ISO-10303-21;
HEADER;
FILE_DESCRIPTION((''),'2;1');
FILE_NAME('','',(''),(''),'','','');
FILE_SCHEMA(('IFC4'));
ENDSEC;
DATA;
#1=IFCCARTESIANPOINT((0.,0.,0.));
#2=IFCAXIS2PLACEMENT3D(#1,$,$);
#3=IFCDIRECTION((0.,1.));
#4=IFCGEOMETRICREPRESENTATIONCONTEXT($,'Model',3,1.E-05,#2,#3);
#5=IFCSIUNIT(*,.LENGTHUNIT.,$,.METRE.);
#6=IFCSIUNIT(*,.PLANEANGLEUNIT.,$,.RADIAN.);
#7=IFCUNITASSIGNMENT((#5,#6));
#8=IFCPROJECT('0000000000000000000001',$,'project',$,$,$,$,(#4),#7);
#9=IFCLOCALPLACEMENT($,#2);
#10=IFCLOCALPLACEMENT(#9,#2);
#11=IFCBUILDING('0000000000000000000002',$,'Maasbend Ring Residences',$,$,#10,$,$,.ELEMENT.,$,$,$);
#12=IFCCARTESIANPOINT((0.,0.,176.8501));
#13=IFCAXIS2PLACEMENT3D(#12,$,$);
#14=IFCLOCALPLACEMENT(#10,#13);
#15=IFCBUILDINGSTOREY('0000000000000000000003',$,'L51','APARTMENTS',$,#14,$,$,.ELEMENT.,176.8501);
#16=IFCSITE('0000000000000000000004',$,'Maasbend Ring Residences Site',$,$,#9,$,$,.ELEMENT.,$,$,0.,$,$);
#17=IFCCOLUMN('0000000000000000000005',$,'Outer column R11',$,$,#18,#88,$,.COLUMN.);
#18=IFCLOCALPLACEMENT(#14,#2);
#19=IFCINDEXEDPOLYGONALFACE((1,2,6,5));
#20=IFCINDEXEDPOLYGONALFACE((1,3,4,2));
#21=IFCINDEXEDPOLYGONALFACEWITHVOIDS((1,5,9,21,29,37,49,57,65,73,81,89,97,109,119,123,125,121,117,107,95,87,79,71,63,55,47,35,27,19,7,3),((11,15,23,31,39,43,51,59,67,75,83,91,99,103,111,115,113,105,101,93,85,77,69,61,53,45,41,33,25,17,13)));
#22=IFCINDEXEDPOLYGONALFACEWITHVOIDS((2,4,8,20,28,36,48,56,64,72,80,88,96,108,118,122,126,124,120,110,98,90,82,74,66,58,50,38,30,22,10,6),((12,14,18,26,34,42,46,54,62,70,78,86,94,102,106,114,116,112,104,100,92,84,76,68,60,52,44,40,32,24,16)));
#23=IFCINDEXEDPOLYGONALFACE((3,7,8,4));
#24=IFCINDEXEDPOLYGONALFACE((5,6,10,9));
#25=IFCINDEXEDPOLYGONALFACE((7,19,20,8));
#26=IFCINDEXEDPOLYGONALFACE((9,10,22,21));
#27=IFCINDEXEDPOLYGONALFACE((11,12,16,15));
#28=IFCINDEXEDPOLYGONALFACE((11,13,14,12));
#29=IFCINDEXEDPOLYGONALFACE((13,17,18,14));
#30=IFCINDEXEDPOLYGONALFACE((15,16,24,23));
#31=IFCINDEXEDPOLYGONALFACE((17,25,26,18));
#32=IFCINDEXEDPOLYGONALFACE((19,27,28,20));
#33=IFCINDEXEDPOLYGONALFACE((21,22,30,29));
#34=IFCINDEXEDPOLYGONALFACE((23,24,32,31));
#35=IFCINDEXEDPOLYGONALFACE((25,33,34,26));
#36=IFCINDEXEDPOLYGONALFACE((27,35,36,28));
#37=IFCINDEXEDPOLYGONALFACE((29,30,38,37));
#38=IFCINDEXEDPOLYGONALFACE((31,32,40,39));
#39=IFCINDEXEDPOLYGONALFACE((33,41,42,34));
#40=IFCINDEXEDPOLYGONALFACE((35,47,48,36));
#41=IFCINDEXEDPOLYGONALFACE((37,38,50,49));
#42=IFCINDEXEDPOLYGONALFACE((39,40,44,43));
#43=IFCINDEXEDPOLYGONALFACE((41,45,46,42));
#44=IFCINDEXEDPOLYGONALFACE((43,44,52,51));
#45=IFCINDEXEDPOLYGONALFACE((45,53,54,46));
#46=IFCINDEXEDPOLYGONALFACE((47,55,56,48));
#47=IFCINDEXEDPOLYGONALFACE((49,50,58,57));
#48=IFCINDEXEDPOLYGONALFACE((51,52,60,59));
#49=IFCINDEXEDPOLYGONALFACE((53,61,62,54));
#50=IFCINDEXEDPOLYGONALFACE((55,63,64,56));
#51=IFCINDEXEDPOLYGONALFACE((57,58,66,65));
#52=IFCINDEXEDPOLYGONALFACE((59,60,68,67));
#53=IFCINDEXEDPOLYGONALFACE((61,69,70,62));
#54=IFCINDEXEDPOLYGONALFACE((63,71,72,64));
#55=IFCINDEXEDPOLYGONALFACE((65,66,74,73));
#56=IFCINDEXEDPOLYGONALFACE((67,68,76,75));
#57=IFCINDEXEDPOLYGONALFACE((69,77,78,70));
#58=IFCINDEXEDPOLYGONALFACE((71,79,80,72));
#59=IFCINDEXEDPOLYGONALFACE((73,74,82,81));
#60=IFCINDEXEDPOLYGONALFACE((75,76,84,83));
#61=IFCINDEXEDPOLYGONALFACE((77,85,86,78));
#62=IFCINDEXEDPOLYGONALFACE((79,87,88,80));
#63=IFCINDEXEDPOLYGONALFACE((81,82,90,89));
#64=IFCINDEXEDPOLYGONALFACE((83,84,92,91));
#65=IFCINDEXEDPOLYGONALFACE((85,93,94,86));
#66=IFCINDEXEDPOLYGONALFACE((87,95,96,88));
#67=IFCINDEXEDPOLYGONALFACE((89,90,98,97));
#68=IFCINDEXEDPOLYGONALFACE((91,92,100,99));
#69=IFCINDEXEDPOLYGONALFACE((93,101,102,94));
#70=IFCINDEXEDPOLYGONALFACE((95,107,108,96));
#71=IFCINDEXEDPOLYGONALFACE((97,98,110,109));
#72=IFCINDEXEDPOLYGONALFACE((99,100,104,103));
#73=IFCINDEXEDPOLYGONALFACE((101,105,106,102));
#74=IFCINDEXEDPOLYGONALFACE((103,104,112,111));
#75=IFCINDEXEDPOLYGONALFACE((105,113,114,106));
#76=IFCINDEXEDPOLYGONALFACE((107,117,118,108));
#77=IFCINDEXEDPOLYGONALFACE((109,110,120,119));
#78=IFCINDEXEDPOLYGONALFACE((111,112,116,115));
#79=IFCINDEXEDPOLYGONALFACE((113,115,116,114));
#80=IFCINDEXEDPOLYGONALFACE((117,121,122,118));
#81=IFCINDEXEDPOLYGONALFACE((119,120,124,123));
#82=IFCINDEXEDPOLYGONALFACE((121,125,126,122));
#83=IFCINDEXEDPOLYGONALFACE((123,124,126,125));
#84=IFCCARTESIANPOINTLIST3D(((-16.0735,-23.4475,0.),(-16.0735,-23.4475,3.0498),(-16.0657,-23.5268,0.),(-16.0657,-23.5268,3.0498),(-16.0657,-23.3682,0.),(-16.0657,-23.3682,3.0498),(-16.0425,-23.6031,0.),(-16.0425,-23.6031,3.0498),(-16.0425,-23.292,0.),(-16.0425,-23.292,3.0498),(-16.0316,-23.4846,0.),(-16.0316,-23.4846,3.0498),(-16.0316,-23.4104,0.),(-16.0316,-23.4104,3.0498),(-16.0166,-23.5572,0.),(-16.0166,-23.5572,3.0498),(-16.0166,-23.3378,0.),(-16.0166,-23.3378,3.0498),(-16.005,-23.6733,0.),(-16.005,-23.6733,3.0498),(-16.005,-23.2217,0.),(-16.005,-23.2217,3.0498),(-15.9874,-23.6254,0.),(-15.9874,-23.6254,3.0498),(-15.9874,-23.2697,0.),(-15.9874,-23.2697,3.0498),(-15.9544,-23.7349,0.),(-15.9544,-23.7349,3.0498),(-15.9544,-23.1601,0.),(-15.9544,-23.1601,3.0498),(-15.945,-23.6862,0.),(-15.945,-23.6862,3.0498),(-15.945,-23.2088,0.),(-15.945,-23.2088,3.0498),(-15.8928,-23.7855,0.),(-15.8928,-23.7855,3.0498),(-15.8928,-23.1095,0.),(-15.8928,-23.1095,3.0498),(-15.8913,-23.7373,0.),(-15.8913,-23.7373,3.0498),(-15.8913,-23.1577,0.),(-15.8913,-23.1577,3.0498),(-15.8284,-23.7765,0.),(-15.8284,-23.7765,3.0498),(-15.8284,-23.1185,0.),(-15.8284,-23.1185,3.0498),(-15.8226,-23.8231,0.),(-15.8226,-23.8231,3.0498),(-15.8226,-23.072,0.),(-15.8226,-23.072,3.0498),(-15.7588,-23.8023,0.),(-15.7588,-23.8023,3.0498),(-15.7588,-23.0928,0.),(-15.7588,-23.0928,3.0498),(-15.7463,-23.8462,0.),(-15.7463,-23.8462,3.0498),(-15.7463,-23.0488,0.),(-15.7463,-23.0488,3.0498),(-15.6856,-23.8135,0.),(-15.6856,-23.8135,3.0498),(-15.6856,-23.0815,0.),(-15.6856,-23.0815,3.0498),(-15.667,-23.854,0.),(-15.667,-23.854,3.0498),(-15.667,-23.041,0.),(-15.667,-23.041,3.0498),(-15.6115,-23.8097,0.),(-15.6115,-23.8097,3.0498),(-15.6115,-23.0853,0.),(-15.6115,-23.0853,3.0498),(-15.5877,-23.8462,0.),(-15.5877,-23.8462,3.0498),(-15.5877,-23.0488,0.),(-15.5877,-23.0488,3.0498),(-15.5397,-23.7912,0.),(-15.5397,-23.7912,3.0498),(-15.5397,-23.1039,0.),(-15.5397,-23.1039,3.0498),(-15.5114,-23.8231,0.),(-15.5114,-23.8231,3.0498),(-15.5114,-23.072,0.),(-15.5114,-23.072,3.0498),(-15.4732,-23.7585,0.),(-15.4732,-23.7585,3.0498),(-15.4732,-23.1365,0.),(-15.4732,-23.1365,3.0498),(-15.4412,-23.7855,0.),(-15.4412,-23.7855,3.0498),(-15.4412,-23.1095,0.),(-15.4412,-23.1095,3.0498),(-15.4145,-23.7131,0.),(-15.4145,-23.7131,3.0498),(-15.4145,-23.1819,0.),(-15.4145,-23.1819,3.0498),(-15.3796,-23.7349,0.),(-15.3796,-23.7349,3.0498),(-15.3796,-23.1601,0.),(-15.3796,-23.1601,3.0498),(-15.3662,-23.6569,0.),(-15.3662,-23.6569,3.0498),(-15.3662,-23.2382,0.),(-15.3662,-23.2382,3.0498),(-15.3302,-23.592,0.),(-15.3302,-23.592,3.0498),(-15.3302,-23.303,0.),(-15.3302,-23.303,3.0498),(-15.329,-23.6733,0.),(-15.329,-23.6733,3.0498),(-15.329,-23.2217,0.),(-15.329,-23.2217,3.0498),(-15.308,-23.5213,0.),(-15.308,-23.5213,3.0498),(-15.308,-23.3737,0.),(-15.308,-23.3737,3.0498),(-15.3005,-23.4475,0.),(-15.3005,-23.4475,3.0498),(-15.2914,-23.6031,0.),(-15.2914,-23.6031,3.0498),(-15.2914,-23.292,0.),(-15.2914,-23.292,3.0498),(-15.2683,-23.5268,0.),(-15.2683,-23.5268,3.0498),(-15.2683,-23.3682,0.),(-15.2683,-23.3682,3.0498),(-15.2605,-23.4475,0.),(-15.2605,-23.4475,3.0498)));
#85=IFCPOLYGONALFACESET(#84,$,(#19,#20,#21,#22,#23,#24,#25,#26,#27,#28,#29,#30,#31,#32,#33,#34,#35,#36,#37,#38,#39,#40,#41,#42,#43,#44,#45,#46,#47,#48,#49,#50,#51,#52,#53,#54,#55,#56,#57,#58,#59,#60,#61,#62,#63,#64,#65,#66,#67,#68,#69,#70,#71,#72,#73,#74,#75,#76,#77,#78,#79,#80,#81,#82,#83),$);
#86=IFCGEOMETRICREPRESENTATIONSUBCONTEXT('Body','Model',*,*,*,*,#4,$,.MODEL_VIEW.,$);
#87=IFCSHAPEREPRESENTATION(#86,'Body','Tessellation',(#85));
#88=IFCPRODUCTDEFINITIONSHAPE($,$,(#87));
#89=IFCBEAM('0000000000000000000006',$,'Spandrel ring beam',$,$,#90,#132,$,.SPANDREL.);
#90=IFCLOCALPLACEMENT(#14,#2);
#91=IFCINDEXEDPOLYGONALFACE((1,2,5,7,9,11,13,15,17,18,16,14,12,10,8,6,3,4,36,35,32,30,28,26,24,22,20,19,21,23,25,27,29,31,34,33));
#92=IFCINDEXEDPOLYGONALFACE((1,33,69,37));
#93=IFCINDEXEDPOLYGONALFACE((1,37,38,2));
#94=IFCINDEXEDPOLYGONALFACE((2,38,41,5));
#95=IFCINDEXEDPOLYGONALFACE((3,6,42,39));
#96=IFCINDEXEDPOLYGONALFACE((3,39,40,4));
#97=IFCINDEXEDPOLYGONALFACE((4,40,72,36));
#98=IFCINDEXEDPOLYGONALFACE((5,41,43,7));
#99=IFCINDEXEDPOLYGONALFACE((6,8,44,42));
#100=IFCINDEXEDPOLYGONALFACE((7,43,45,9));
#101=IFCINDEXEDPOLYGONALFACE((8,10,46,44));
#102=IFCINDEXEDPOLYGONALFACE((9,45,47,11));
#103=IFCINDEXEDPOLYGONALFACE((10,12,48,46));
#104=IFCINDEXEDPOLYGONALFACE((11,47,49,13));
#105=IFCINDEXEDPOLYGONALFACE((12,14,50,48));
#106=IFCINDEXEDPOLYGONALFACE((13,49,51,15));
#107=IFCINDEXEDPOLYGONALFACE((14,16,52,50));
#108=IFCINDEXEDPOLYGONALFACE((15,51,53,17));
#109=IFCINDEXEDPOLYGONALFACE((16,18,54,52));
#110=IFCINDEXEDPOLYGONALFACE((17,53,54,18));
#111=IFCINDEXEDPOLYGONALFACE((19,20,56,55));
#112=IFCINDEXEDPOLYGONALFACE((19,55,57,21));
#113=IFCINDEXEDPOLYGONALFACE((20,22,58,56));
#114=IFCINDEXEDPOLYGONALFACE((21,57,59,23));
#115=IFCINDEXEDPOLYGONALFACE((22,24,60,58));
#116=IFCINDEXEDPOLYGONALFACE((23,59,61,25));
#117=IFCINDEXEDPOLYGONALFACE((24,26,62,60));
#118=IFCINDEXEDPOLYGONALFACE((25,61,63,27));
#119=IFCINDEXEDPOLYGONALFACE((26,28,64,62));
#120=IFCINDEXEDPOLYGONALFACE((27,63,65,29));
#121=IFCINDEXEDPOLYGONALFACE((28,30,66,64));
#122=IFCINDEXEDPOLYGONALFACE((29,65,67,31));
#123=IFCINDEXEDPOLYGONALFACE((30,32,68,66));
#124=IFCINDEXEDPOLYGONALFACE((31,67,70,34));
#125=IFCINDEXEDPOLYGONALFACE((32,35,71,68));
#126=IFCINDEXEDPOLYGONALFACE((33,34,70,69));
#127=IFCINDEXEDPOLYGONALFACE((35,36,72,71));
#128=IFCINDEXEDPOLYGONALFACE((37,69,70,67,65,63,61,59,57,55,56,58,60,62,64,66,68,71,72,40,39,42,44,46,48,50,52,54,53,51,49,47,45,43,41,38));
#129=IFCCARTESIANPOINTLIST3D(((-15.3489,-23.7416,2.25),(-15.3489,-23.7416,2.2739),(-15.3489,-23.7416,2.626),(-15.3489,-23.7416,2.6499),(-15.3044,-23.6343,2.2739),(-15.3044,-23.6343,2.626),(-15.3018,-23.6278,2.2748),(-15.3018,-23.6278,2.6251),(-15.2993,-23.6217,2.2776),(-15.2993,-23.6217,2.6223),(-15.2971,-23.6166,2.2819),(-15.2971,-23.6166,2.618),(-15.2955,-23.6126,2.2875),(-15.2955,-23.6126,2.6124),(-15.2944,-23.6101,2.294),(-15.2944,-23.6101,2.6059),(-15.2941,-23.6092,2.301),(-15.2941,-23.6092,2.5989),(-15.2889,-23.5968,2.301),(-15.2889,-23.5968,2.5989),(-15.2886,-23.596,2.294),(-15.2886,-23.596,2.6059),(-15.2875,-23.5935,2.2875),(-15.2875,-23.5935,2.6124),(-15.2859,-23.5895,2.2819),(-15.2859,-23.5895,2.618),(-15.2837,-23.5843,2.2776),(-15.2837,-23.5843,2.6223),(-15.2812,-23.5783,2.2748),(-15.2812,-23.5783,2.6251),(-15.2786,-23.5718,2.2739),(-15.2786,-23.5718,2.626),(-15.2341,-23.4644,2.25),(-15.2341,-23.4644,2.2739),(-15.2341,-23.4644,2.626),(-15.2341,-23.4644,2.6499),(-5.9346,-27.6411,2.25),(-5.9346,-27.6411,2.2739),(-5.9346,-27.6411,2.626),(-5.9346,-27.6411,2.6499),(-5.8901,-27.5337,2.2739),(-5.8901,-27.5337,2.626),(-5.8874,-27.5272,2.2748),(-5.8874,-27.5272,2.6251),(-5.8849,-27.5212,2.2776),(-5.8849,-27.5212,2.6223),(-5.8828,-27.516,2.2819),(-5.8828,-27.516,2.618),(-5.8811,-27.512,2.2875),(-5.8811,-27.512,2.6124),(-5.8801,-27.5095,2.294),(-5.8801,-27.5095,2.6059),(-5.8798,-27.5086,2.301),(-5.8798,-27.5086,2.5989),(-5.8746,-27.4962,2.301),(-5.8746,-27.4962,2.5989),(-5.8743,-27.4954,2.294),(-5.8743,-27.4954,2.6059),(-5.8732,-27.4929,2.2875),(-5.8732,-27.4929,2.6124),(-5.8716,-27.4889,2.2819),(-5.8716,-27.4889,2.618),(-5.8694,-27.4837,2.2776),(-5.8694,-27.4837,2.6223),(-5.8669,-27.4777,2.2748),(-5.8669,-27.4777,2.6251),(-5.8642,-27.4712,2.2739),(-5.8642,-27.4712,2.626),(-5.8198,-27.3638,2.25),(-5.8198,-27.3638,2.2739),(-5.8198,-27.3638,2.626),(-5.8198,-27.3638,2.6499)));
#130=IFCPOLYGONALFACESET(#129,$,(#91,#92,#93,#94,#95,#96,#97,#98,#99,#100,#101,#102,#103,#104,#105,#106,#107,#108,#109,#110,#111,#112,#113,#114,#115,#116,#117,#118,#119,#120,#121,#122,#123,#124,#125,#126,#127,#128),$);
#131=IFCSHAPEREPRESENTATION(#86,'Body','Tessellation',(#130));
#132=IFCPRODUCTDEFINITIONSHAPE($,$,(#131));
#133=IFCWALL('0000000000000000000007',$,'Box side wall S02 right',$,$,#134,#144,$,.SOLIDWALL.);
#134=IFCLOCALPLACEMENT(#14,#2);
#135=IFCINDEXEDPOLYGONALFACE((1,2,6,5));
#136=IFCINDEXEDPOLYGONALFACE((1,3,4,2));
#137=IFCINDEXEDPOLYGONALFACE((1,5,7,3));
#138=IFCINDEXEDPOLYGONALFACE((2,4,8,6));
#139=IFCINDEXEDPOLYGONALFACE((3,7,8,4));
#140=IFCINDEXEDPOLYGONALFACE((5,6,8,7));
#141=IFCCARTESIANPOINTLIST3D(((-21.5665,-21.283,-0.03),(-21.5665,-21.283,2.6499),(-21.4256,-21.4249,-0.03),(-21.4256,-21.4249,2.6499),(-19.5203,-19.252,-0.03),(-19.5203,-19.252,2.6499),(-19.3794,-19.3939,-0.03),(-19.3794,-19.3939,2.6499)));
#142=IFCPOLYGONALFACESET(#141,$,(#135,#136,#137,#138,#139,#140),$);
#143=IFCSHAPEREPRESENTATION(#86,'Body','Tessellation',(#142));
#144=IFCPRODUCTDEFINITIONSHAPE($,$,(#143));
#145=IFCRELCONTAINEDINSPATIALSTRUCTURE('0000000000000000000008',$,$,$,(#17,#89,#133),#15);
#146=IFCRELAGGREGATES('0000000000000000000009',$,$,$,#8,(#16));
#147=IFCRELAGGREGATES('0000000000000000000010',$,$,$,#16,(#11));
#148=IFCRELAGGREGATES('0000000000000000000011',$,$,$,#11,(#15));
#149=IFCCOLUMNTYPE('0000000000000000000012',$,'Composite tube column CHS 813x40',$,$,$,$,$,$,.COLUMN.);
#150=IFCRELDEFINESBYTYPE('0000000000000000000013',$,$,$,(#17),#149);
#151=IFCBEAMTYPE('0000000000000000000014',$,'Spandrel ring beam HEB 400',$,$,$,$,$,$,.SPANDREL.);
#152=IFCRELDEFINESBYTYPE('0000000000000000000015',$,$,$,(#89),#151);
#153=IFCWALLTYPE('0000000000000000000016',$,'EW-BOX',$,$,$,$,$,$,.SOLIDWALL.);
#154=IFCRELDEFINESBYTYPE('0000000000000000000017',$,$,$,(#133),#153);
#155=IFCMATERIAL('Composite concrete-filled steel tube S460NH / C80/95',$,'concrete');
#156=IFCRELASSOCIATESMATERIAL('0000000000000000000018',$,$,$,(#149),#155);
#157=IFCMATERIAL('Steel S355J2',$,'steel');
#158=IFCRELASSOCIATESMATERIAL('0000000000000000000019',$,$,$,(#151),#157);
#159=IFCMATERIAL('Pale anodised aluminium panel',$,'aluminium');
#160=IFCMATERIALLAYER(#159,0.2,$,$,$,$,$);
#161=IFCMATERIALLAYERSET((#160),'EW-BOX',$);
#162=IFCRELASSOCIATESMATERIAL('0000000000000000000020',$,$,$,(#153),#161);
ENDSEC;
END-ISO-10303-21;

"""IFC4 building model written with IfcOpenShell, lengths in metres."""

from ifc_helpers import new_model, si_unit, direction, frame, frame_2d, origin, origin_2d, place, context, subcontext, project, spatial, rectangle, hollow_circle, i_section, extrude, material, layer, layer_set, material_profile, profile_set, type_object, element, save


model = new_model("IFC4")

# Units and contexts
model_context = context("Model", 3, precision=1e-05, world=origin(), true_north=direction((0.0, 1.0)))
body_context = subcontext(model_context, "Body", "Model", "MODEL_VIEW")
ifc_project = project(units=[si_unit("LENGTHUNIT", "METRE"), si_unit("PLANEANGLEUNIT", "RADIAN")], contexts=[model_context])

# Site, building, storey
site_placement = place(None, origin())
site = spatial("IfcSite", under=ifc_project, at=site_placement, Name="Maasbend Ring Residences Site", CompositionType="ELEMENT", RefElevation=0.0)
building_placement = place(site_placement, origin())
building = spatial("IfcBuilding", under=site, at=building_placement, Name="Maasbend Ring Residences", CompositionType="ELEMENT")
storey_placement = place(building_placement, frame((0.0, 0.0, 176.8501)))
storey = spatial("IfcBuildingStorey", under=building, at=storey_placement, Name="L51", Description="APARTMENTS", CompositionType="ELEMENT", Elevation=176.8501)

# Column
ifc_material_1 = material(Name="Composite concrete-filled steel tube S460NH / C80/95", Category="concrete")
ifc_material_profile_1 = material_profile(ifc_material_1, hollow_circle(Radius=0.4065, WallThickness=0.04, at=origin_2d()), Name="Composite tube column CHS 813x40")
ifc_profile_set_1 = profile_set([ifc_material_profile_1], Name="Composite concrete-filled steel tube S460NH / C80/95")
column_type = type_object("IfcColumnType", Name="Composite tube column CHS 813x40", PredefinedType="COLUMN", material=ifc_profile_set_1)
column_placement = place(storey_placement, frame((-15.667, -23.4475, 0.0), z_axis=(0.0, 0.0, 1.0), x_axis=(1.0, 0.0, 0.0)))
element("IfcColumn", 1, at=column_placement, inside=storey, type_object=column_type, Name="Outer column R11", PredefinedType="COLUMN", context=body_context, shape_type="SweptSolid", body=[
    extrude(hollow_circle(Radius=0.4065, WallThickness=0.04, at=origin_2d()), origin(), (0.0, 0.0, 1.0), 3.0498),
])

# Beam
ifc_material_2 = material(Name="Steel S355J2", Category="steel")
ifc_material_profile_2 = material_profile(ifc_material_2, i_section(OverallWidth=0.3, OverallDepth=0.3999, WebThickness=0.0134, FlangeThickness=0.0239, FilletRadius=0.0271, at=origin_2d()), Name="HEB 400")
ifc_profile_set_2 = profile_set([ifc_material_profile_2], Name="Steel S355J2")
beam_type = type_object("IfcBeamType", Name="Spandrel ring beam HEB 400", PredefinedType="SPANDREL", material=ifc_profile_set_2)
beam_placement = place(storey_placement, frame((-15.2915, -23.603, 2.45), z_axis=(0.923884, -0.382673, 0.0), x_axis=(0.382673, 0.923884, 0.0)))
element("IfcBeam", 2, at=beam_placement, inside=storey, type_object=beam_type, Name="Spandrel ring beam", PredefinedType="SPANDREL", context=body_context, shape_type="SweptSolid", body=[
    extrude(i_section(OverallWidth=0.3, OverallDepth=0.3999, WebThickness=0.0134, FlangeThickness=0.0239, FilletRadius=0.0271, at=origin_2d()), origin(), (0.0, 0.0, 1.0), 10.1899),
])

# Wall
ifc_material_3 = material(Name="Pale anodised aluminium panel", Category="aluminium")
ifc_layer_1 = layer(ifc_material_3, 0.2)
ifc_layer_set_1 = layer_set([ifc_layer_1], Name="EW-BOX")
wall_type_1 = type_object("IfcWallType", Name="EW-BOX", PredefinedType="SOLIDWALL", material=ifc_layer_set_1)
wall_1_placement = place(storey_placement, frame((-19.45, -19.323, -0.03), z_axis=(0.0, 0.0, 1.0), x_axis=(-0.709727, -0.704477, 0.0)))
element("IfcWall", 3, at=wall_1_placement, inside=storey, type_object=wall_type_1, Name="Box side wall S02 right", PredefinedType="SOLIDWALL", context=body_context, shape_type="SweptSolid", body=[
    extrude(rectangle(XDim=2.8831, YDim=0.2, at=frame_2d((1.4414, 0.0))), origin(), (0.0, 0.0, 1.0), 2.6799),
])

save(model, "model.ifc")
